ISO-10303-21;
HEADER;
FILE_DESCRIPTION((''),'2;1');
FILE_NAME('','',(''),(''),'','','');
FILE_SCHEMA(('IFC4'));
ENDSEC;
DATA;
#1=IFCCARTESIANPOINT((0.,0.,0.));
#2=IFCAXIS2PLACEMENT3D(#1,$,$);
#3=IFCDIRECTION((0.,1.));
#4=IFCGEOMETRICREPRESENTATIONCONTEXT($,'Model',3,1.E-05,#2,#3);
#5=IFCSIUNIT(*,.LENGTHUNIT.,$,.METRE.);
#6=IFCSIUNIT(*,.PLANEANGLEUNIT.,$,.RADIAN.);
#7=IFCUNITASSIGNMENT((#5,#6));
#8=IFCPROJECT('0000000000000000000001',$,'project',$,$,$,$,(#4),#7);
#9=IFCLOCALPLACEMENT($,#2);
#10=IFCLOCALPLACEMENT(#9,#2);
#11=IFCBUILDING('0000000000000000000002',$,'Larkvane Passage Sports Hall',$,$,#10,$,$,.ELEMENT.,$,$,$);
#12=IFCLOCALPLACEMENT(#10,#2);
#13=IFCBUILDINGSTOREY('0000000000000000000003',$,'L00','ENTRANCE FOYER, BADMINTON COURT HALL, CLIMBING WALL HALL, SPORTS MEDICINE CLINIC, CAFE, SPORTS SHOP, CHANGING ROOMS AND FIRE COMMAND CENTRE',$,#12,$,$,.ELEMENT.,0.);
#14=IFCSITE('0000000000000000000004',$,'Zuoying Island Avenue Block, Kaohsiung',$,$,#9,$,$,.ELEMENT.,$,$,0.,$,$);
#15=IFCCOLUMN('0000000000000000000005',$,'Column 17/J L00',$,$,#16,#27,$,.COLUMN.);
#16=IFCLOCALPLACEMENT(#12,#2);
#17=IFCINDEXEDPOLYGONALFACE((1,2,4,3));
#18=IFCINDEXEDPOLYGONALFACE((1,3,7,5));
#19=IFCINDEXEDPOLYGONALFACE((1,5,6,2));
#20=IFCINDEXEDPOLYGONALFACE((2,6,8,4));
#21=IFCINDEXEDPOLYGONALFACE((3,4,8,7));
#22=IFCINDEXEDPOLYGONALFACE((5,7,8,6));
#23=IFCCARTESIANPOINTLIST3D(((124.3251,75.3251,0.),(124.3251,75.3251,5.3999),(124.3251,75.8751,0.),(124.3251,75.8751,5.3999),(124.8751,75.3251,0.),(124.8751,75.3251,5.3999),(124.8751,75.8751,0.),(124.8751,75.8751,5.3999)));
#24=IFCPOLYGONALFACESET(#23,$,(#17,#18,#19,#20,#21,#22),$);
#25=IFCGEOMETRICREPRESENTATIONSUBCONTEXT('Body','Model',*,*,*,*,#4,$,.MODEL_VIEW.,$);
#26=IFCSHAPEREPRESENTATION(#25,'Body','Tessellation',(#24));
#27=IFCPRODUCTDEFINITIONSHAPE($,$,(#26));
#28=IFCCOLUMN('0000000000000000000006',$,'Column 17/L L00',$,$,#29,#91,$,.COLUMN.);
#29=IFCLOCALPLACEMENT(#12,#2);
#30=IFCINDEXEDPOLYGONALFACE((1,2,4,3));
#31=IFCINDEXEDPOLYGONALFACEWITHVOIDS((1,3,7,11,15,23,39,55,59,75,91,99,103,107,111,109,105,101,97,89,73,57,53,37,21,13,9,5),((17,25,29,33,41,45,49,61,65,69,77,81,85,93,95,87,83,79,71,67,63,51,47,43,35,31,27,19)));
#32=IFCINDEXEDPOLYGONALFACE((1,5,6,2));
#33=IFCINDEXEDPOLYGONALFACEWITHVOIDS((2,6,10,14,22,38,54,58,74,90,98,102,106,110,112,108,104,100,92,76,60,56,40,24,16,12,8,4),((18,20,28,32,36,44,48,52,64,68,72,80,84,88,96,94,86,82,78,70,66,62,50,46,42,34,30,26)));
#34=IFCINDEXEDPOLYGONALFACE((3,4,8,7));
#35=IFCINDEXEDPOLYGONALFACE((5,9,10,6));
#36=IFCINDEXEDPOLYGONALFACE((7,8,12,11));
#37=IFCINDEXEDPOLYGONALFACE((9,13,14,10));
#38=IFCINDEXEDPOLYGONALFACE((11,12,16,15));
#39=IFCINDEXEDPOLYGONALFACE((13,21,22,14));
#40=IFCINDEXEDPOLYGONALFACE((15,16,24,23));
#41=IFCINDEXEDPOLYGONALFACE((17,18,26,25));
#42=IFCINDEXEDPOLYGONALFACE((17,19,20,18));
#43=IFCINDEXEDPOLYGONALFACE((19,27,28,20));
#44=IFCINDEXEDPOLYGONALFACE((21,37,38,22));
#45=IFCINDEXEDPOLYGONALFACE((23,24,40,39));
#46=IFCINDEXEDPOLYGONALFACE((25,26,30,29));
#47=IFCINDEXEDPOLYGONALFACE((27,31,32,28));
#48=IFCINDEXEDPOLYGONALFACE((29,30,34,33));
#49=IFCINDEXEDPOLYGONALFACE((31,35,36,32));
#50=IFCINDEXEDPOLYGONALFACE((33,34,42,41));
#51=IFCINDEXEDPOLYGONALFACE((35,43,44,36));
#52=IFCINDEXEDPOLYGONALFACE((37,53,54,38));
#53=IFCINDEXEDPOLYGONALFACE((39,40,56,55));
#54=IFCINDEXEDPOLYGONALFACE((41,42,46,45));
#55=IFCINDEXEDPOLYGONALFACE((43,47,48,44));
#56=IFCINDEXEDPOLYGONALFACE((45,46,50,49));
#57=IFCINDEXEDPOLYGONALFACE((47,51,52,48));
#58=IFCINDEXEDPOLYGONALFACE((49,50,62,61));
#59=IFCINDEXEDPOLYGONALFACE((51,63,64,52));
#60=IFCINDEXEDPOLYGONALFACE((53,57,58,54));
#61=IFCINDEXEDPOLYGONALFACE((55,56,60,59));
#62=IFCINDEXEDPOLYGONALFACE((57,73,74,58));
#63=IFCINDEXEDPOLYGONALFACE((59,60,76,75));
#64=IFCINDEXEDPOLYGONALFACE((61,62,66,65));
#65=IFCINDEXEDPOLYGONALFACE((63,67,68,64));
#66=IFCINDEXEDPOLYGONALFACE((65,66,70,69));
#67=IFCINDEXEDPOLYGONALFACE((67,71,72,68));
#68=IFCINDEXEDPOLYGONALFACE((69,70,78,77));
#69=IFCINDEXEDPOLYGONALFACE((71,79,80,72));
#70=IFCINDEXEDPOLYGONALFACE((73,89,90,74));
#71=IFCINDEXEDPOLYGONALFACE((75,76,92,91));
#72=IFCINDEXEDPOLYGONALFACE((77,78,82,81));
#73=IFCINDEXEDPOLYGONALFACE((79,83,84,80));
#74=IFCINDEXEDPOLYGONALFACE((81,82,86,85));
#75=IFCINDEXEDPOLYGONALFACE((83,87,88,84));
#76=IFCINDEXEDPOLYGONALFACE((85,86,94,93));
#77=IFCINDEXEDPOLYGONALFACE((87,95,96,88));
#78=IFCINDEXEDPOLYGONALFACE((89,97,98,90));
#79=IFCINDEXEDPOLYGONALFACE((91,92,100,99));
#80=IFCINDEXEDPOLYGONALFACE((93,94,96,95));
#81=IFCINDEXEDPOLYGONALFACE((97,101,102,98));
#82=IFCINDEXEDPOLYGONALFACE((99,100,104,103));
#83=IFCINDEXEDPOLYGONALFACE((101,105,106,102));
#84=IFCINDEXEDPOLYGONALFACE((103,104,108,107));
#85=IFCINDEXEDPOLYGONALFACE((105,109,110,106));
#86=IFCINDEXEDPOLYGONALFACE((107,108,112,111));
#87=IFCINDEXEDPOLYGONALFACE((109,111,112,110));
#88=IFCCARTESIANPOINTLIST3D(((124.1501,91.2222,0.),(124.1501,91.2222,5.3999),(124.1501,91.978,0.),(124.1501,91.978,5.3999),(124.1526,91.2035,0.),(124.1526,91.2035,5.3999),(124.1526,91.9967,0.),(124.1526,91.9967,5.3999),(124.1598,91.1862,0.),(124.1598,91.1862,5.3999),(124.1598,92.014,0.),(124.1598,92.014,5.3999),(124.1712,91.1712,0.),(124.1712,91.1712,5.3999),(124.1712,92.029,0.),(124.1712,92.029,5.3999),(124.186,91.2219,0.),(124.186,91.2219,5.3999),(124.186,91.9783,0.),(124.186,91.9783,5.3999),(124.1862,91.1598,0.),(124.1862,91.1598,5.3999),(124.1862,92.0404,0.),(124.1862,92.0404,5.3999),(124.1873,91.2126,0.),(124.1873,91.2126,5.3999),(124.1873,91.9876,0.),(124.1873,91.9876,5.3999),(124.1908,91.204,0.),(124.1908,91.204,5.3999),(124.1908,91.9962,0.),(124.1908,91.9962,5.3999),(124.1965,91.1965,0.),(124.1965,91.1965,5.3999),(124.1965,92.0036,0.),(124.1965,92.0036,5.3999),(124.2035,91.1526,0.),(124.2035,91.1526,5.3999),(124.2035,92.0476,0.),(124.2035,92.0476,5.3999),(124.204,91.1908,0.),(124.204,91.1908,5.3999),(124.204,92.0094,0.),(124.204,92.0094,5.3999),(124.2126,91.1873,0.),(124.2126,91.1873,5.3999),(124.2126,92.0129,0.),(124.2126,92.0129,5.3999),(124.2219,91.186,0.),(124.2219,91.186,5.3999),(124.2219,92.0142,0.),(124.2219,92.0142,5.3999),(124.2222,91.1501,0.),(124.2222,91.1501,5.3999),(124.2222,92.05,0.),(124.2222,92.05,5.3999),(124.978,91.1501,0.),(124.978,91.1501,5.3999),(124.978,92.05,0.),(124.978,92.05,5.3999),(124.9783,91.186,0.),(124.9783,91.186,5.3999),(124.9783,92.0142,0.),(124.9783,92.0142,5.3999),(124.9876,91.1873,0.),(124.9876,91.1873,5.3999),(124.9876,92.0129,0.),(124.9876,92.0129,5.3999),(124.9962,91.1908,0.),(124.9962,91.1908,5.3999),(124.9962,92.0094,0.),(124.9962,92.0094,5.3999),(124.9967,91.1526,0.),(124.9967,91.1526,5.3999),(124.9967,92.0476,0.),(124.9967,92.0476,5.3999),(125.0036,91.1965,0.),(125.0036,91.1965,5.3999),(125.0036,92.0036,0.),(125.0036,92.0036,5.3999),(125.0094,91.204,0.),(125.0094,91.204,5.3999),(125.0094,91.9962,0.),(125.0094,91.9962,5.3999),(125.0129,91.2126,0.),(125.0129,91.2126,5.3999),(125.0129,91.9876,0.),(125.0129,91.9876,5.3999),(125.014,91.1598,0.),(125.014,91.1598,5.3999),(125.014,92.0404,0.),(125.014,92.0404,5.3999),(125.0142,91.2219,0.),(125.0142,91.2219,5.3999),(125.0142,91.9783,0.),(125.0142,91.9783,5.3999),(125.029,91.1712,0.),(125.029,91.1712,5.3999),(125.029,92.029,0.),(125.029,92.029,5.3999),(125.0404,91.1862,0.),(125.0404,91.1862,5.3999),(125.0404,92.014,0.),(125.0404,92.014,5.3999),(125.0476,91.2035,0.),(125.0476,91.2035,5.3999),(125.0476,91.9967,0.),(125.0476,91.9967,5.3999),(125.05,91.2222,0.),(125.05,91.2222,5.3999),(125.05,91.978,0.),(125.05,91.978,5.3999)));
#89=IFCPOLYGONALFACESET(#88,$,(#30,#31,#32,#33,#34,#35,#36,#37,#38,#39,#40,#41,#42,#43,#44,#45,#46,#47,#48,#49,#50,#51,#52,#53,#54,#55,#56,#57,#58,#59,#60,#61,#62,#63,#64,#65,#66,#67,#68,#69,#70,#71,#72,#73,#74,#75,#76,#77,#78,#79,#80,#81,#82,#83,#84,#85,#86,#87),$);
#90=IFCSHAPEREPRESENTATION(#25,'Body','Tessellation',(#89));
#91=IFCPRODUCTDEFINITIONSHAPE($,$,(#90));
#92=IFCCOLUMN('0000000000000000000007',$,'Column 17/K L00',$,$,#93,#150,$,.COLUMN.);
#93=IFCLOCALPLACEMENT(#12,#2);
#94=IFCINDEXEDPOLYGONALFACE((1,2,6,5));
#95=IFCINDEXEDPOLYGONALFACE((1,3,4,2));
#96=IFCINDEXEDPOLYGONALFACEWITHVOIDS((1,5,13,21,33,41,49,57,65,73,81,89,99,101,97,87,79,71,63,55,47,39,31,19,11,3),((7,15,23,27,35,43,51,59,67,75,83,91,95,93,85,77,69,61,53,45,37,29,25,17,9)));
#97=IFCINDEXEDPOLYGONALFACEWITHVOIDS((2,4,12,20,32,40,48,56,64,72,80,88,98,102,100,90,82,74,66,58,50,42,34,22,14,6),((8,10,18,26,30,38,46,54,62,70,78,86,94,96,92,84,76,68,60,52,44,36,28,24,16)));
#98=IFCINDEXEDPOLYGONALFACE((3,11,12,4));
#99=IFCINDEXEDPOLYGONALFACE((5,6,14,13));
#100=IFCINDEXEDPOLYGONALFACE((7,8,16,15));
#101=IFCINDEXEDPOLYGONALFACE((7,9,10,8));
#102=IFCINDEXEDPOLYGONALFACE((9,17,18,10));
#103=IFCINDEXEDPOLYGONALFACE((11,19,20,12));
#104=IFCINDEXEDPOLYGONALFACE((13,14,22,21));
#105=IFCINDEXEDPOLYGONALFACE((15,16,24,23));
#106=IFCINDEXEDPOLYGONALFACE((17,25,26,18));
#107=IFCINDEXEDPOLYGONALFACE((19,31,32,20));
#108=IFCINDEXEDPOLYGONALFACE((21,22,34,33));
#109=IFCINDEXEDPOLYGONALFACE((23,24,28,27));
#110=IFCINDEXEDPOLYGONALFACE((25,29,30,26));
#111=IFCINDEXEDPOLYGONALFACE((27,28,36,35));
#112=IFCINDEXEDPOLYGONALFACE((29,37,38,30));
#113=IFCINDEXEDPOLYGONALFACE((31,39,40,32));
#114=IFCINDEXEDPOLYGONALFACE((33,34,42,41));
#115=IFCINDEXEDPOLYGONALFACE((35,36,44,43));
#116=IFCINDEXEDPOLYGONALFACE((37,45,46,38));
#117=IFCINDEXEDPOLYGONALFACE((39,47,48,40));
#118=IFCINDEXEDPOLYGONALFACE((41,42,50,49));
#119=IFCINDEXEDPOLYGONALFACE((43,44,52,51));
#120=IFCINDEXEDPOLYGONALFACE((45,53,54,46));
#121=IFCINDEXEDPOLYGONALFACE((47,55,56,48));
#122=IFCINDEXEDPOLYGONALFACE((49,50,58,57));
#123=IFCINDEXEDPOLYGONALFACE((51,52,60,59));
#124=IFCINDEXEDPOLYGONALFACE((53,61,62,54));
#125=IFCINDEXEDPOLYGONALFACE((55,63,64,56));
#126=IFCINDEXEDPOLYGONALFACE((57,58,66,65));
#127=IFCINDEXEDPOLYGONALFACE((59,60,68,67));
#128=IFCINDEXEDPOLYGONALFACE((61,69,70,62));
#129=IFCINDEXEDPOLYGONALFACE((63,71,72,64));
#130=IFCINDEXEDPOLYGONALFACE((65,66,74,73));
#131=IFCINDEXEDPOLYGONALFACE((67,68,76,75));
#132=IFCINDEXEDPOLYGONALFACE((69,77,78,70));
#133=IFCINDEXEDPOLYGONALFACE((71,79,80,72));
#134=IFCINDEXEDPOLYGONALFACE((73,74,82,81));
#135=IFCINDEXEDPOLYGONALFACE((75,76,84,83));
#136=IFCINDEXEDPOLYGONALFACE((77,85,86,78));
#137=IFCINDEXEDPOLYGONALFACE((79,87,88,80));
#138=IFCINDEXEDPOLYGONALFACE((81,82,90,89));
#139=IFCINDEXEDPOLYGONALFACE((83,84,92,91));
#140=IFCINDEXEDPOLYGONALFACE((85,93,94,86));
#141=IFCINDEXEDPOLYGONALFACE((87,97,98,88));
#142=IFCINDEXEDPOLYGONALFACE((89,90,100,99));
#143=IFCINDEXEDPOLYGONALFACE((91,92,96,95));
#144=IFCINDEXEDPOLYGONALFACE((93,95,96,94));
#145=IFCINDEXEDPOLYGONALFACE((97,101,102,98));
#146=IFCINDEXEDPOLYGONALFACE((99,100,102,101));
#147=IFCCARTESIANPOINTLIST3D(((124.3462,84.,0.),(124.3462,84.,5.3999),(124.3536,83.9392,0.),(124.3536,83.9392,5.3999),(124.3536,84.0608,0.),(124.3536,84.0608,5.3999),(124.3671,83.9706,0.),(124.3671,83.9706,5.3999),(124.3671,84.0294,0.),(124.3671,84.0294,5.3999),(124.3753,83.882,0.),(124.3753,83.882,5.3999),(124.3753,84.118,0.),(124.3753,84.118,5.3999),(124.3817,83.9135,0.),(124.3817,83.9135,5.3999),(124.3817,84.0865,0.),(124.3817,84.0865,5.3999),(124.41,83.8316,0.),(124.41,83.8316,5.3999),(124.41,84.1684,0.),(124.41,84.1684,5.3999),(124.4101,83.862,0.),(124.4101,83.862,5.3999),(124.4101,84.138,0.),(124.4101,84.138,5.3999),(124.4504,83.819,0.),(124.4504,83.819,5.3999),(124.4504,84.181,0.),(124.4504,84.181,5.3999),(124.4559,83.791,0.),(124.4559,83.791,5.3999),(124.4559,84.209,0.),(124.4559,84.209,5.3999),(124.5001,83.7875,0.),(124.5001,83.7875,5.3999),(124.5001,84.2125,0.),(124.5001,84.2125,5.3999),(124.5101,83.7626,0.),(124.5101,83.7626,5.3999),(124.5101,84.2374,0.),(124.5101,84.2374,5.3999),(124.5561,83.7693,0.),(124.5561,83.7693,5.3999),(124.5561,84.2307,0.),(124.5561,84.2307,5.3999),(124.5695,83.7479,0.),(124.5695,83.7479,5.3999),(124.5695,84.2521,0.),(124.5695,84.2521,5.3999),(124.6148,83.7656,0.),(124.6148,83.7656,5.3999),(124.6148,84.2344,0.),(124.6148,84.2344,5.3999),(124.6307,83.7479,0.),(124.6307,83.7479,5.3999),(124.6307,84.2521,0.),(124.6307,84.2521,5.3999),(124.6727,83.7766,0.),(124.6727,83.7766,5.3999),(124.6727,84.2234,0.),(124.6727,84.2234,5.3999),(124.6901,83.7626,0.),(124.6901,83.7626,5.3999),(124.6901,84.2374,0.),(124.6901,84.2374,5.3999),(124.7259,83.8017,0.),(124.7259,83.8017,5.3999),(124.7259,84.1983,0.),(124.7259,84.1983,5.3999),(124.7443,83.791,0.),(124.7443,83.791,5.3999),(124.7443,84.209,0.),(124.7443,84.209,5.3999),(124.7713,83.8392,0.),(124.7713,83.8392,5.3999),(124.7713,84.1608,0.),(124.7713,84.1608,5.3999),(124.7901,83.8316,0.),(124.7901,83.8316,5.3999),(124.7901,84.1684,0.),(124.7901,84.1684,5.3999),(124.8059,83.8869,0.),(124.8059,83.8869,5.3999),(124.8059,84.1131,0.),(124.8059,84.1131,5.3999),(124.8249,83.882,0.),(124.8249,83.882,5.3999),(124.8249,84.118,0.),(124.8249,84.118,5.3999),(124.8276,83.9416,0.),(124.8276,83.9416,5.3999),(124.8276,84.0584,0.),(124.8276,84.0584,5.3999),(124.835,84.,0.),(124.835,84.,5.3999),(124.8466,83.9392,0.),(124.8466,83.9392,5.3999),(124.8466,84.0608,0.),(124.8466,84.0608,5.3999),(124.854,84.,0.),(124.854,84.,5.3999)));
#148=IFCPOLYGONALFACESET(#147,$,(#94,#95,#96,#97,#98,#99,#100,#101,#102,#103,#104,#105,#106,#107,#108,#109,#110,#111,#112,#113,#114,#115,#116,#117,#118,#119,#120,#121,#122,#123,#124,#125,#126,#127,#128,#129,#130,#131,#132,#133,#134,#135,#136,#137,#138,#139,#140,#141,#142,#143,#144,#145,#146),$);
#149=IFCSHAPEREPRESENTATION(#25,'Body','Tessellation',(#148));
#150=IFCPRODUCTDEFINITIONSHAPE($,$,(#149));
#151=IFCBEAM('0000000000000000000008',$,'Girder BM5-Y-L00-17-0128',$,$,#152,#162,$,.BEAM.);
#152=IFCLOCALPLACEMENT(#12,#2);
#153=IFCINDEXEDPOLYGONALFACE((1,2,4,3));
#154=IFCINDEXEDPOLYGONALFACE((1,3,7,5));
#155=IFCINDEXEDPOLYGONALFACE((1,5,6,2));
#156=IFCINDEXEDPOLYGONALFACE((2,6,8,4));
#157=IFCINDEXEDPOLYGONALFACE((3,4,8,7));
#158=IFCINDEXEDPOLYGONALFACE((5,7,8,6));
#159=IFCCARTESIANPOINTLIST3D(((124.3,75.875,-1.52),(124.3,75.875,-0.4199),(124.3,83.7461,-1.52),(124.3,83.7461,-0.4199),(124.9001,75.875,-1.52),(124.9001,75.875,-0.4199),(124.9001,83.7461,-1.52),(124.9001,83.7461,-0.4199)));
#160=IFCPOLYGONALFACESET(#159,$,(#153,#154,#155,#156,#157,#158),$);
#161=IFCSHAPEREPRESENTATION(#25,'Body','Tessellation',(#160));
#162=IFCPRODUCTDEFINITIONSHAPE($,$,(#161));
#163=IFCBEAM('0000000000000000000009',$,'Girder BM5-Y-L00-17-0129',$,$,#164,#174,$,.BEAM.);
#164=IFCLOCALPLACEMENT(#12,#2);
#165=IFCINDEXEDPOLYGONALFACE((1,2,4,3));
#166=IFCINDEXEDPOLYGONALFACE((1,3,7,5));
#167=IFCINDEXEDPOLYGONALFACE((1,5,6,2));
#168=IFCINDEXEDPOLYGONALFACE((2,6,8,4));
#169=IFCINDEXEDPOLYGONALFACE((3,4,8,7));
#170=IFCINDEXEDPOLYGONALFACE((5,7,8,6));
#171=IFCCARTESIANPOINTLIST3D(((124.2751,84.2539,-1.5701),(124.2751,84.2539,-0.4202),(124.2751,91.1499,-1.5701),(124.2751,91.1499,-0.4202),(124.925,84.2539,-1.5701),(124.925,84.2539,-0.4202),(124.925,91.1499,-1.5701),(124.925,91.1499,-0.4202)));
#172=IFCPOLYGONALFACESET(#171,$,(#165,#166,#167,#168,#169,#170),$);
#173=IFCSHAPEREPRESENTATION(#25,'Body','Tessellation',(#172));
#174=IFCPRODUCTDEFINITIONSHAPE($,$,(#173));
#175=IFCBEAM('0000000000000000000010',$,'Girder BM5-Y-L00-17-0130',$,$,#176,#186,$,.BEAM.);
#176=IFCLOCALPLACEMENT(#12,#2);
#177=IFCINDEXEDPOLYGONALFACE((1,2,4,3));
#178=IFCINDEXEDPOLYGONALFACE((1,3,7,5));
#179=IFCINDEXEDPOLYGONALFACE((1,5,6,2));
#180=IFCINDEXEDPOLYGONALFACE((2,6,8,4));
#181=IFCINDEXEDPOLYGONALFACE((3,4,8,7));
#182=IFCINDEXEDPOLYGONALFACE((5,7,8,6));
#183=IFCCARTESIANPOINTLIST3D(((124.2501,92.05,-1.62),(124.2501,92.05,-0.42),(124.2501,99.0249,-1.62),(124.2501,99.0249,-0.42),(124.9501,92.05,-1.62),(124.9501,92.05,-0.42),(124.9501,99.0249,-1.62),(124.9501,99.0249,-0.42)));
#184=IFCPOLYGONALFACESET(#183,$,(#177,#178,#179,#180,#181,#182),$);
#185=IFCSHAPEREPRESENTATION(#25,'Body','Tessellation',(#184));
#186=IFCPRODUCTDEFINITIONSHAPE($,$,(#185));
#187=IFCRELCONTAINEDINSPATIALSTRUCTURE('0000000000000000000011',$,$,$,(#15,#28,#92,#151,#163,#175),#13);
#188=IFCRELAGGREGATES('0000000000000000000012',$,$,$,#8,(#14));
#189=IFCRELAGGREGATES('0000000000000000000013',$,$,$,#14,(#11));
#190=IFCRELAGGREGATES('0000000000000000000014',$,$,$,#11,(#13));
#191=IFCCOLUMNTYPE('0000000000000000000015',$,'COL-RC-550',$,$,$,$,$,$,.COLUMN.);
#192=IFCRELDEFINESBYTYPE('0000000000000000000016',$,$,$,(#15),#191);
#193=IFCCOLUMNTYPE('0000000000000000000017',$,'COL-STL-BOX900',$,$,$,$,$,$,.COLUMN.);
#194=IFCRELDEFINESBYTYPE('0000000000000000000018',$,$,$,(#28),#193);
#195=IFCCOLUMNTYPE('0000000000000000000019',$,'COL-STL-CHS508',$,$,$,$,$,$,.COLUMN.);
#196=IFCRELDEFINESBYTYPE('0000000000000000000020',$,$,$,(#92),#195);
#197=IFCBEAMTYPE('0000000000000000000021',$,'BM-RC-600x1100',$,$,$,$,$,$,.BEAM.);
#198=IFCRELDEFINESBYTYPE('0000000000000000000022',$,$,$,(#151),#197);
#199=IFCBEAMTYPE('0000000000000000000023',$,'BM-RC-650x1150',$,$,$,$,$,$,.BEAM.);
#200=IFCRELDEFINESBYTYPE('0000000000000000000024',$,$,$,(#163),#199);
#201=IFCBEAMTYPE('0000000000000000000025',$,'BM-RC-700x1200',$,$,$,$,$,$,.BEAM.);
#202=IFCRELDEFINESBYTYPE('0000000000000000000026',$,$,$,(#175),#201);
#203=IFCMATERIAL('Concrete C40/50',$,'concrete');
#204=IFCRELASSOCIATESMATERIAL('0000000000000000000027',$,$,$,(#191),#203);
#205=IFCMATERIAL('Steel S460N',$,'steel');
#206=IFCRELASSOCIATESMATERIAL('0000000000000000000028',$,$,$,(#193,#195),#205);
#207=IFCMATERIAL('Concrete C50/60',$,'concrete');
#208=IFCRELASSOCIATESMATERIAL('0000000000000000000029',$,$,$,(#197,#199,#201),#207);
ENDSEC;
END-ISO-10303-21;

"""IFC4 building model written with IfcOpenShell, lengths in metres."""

from ifc_helpers import new_model, si_unit, direction, frame, origin, origin_2d, place, context, subcontext, project, spatial, rectangle, hollow_rectangle, hollow_circle, extrude, material, material_profile, profile_set, type_object, element, save


model = new_model("IFC4")

# Units and contexts
model_context = context("Model", 3, precision=1e-05, world=origin(), true_north=direction((0.0, 1.0)))
body_context = subcontext(model_context, "Body", "Model", "MODEL_VIEW")
ifc_project = project(units=[si_unit("LENGTHUNIT", "METRE"), si_unit("PLANEANGLEUNIT", "RADIAN")], contexts=[model_context])

# Site, building, storey
site_placement = place(None, origin())
site = spatial("IfcSite", under=ifc_project, at=site_placement, Name="Zuoying Island Avenue Block, Kaohsiung", CompositionType="ELEMENT", RefElevation=0.0)
building_placement = place(site_placement, origin())
building = spatial("IfcBuilding", under=site, at=building_placement, Name="Larkvane Passage Sports Hall", CompositionType="ELEMENT")
storey_placement = place(building_placement, origin())
storey = spatial("IfcBuildingStorey", under=building, at=storey_placement, Name="L00", Description="ENTRANCE FOYER, BADMINTON COURT HALL, CLIMBING WALL HALL, SPORTS MEDICINE CLINIC, CAFE, SPORTS SHOP, CHANGING ROOMS AND FIRE COMMAND CENTRE", CompositionType="ELEMENT", Elevation=0.0)

# Columns
ifc_material_1 = material(Name="Concrete C40/50", Category="concrete")
ifc_material_profile_1 = material_profile(ifc_material_1, rectangle(XDim=0.55, YDim=0.55, at=origin_2d()), Name="RC-COL-550x550")
ifc_profile_set_1 = profile_set([ifc_material_profile_1], Name="Concrete C40/50")
column_type_1 = type_object("IfcColumnType", Name="COL-RC-550", PredefinedType="COLUMN", material=ifc_profile_set_1)
column_1_placement = place(storey_placement, frame((124.6001, 75.6001, 0.0), z_axis=(0.0, 0.0, 1.0), x_axis=(1.0, 0.0, 0.0)))
element("IfcColumn", 1, at=column_1_placement, inside=storey, type_object=column_type_1, Name="Column 17/J L00", PredefinedType="COLUMN", context=body_context, shape_type="SweptSolid", body=[
    extrude(rectangle(XDim=0.55, YDim=0.55, at=origin_2d()), origin(), (0.0, 0.0, 1.0), 5.3999),
])
ifc_material_2 = material(Name="Steel S460N", Category="steel")
ifc_material_profile_2 = material_profile(ifc_material_2, hollow_rectangle(XDim=0.8999, YDim=0.8999, WallThickness=0.0359, InnerFilletRadius=0.0359, OuterFilletRadius=0.072, at=origin_2d()), Name="BOX-900x900x36")
ifc_profile_set_2 = profile_set([ifc_material_profile_2], Name="Steel S460N")
column_type_2 = type_object("IfcColumnType", Name="COL-STL-BOX900", PredefinedType="COLUMN", material=ifc_profile_set_2)
column_2_placement = place(storey_placement, frame((124.6001, 91.6001, 0.0), z_axis=(0.0, 0.0, 1.0), x_axis=(1.0, 0.0, 0.0)))
element("IfcColumn", 2, at=column_2_placement, inside=storey, type_object=column_type_2, Name="Column 17/L L00", PredefinedType="COLUMN", context=body_context, shape_type="SweptSolid", body=[
    extrude(hollow_rectangle(XDim=0.8999, YDim=0.8999, WallThickness=0.0359, InnerFilletRadius=0.0359, OuterFilletRadius=0.072, at=origin_2d()), origin(), (0.0, 0.0, 1.0), 5.3999),
])
ifc_material_profile_3 = material_profile(ifc_material_2, hollow_circle(Radius=0.2539, WallThickness=0.019, at=origin_2d()), Name="CHS-508.0x19.0")
ifc_profile_set_3 = profile_set([ifc_material_profile_3], Name="Steel S460N")
column_type_3 = type_object("IfcColumnType", Name="COL-STL-CHS508", PredefinedType="COLUMN", material=ifc_profile_set_3)
column_3_placement = place(storey_placement, frame((124.6001, 84.0, 0.0), z_axis=(0.0, 0.0, 1.0), x_axis=(1.0, 0.0, 0.0)))
element("IfcColumn", 3, at=column_3_placement, inside=storey, type_object=column_type_3, Name="Column 17/K L00", PredefinedType="COLUMN", context=body_context, shape_type="SweptSolid", body=[
    extrude(hollow_circle(Radius=0.2539, WallThickness=0.019, at=origin_2d()), origin(), (0.0, 0.0, 1.0), 5.3999),
])

# Beams
ifc_material_3 = material(Name="Concrete C50/60", Category="concrete")
ifc_material_profile_4 = material_profile(ifc_material_3, rectangle(XDim=0.6001, YDim=1.1001, at=origin_2d()), Name="RC-BM-600x1100")
ifc_profile_set_4 = profile_set([ifc_material_profile_4], Name="Concrete C50/60")
beam_type_1 = type_object("IfcBeamType", Name="BM-RC-600x1100", PredefinedType="BEAM", material=ifc_profile_set_4)
beam_1_placement = place(storey_placement, frame((124.6001, 75.875, -0.97), z_axis=(0.0, 1.0, 0.0), x_axis=(-1.0, 0.0, 0.0)))
element("IfcBeam", 4, at=beam_1_placement, inside=storey, type_object=beam_type_1, Name="Girder BM5-Y-L00-17-0128", PredefinedType="BEAM", context=body_context, shape_type="SweptSolid", body=[
    extrude(rectangle(XDim=0.6001, YDim=1.1001, at=origin_2d()), origin(), (0.0, 0.0, 1.0), 7.8711),
])
ifc_material_profile_5 = material_profile(ifc_material_3, rectangle(XDim=0.6499, YDim=1.1499, at=origin_2d()), Name="RC-BM-650x1150")
ifc_profile_set_5 = profile_set([ifc_material_profile_5], Name="Concrete C50/60")
beam_type_2 = type_object("IfcBeamType", Name="BM-RC-650x1150", PredefinedType="BEAM", material=ifc_profile_set_5)
beam_2_placement = place(storey_placement, frame((124.6001, 84.2539, -0.9951), z_axis=(0.0, 1.0, 0.0), x_axis=(-1.0, 0.0, 0.0)))
element("IfcBeam", 5, at=beam_2_placement, inside=storey, type_object=beam_type_2, Name="Girder BM5-Y-L00-17-0129", PredefinedType="BEAM", context=body_context, shape_type="SweptSolid", body=[
    extrude(rectangle(XDim=0.6499, YDim=1.1499, at=origin_2d()), origin(), (0.0, 0.0, 1.0), 6.896),
])
ifc_material_profile_6 = material_profile(ifc_material_3, rectangle(XDim=0.7, YDim=1.2, at=origin_2d()), Name="RC-BM-700x1200")
ifc_profile_set_6 = profile_set([ifc_material_profile_6], Name="Concrete C50/60")
beam_type_3 = type_object("IfcBeamType", Name="BM-RC-700x1200", PredefinedType="BEAM", material=ifc_profile_set_6)
beam_3_placement = place(storey_placement, frame((124.6001, 92.05, -1.02), z_axis=(0.0, 1.0, 0.0), x_axis=(-1.0, 0.0, 0.0)))
element("IfcBeam", 6, at=beam_3_placement, inside=storey, type_object=beam_type_3, Name="Girder BM5-Y-L00-17-0130", PredefinedType="BEAM", context=body_context, shape_type="SweptSolid", body=[
    extrude(rectangle(XDim=0.7, YDim=1.2, at=origin_2d()), origin(), (0.0, 0.0, 1.0), 6.9749),
])

save(model, "model.ifc")
